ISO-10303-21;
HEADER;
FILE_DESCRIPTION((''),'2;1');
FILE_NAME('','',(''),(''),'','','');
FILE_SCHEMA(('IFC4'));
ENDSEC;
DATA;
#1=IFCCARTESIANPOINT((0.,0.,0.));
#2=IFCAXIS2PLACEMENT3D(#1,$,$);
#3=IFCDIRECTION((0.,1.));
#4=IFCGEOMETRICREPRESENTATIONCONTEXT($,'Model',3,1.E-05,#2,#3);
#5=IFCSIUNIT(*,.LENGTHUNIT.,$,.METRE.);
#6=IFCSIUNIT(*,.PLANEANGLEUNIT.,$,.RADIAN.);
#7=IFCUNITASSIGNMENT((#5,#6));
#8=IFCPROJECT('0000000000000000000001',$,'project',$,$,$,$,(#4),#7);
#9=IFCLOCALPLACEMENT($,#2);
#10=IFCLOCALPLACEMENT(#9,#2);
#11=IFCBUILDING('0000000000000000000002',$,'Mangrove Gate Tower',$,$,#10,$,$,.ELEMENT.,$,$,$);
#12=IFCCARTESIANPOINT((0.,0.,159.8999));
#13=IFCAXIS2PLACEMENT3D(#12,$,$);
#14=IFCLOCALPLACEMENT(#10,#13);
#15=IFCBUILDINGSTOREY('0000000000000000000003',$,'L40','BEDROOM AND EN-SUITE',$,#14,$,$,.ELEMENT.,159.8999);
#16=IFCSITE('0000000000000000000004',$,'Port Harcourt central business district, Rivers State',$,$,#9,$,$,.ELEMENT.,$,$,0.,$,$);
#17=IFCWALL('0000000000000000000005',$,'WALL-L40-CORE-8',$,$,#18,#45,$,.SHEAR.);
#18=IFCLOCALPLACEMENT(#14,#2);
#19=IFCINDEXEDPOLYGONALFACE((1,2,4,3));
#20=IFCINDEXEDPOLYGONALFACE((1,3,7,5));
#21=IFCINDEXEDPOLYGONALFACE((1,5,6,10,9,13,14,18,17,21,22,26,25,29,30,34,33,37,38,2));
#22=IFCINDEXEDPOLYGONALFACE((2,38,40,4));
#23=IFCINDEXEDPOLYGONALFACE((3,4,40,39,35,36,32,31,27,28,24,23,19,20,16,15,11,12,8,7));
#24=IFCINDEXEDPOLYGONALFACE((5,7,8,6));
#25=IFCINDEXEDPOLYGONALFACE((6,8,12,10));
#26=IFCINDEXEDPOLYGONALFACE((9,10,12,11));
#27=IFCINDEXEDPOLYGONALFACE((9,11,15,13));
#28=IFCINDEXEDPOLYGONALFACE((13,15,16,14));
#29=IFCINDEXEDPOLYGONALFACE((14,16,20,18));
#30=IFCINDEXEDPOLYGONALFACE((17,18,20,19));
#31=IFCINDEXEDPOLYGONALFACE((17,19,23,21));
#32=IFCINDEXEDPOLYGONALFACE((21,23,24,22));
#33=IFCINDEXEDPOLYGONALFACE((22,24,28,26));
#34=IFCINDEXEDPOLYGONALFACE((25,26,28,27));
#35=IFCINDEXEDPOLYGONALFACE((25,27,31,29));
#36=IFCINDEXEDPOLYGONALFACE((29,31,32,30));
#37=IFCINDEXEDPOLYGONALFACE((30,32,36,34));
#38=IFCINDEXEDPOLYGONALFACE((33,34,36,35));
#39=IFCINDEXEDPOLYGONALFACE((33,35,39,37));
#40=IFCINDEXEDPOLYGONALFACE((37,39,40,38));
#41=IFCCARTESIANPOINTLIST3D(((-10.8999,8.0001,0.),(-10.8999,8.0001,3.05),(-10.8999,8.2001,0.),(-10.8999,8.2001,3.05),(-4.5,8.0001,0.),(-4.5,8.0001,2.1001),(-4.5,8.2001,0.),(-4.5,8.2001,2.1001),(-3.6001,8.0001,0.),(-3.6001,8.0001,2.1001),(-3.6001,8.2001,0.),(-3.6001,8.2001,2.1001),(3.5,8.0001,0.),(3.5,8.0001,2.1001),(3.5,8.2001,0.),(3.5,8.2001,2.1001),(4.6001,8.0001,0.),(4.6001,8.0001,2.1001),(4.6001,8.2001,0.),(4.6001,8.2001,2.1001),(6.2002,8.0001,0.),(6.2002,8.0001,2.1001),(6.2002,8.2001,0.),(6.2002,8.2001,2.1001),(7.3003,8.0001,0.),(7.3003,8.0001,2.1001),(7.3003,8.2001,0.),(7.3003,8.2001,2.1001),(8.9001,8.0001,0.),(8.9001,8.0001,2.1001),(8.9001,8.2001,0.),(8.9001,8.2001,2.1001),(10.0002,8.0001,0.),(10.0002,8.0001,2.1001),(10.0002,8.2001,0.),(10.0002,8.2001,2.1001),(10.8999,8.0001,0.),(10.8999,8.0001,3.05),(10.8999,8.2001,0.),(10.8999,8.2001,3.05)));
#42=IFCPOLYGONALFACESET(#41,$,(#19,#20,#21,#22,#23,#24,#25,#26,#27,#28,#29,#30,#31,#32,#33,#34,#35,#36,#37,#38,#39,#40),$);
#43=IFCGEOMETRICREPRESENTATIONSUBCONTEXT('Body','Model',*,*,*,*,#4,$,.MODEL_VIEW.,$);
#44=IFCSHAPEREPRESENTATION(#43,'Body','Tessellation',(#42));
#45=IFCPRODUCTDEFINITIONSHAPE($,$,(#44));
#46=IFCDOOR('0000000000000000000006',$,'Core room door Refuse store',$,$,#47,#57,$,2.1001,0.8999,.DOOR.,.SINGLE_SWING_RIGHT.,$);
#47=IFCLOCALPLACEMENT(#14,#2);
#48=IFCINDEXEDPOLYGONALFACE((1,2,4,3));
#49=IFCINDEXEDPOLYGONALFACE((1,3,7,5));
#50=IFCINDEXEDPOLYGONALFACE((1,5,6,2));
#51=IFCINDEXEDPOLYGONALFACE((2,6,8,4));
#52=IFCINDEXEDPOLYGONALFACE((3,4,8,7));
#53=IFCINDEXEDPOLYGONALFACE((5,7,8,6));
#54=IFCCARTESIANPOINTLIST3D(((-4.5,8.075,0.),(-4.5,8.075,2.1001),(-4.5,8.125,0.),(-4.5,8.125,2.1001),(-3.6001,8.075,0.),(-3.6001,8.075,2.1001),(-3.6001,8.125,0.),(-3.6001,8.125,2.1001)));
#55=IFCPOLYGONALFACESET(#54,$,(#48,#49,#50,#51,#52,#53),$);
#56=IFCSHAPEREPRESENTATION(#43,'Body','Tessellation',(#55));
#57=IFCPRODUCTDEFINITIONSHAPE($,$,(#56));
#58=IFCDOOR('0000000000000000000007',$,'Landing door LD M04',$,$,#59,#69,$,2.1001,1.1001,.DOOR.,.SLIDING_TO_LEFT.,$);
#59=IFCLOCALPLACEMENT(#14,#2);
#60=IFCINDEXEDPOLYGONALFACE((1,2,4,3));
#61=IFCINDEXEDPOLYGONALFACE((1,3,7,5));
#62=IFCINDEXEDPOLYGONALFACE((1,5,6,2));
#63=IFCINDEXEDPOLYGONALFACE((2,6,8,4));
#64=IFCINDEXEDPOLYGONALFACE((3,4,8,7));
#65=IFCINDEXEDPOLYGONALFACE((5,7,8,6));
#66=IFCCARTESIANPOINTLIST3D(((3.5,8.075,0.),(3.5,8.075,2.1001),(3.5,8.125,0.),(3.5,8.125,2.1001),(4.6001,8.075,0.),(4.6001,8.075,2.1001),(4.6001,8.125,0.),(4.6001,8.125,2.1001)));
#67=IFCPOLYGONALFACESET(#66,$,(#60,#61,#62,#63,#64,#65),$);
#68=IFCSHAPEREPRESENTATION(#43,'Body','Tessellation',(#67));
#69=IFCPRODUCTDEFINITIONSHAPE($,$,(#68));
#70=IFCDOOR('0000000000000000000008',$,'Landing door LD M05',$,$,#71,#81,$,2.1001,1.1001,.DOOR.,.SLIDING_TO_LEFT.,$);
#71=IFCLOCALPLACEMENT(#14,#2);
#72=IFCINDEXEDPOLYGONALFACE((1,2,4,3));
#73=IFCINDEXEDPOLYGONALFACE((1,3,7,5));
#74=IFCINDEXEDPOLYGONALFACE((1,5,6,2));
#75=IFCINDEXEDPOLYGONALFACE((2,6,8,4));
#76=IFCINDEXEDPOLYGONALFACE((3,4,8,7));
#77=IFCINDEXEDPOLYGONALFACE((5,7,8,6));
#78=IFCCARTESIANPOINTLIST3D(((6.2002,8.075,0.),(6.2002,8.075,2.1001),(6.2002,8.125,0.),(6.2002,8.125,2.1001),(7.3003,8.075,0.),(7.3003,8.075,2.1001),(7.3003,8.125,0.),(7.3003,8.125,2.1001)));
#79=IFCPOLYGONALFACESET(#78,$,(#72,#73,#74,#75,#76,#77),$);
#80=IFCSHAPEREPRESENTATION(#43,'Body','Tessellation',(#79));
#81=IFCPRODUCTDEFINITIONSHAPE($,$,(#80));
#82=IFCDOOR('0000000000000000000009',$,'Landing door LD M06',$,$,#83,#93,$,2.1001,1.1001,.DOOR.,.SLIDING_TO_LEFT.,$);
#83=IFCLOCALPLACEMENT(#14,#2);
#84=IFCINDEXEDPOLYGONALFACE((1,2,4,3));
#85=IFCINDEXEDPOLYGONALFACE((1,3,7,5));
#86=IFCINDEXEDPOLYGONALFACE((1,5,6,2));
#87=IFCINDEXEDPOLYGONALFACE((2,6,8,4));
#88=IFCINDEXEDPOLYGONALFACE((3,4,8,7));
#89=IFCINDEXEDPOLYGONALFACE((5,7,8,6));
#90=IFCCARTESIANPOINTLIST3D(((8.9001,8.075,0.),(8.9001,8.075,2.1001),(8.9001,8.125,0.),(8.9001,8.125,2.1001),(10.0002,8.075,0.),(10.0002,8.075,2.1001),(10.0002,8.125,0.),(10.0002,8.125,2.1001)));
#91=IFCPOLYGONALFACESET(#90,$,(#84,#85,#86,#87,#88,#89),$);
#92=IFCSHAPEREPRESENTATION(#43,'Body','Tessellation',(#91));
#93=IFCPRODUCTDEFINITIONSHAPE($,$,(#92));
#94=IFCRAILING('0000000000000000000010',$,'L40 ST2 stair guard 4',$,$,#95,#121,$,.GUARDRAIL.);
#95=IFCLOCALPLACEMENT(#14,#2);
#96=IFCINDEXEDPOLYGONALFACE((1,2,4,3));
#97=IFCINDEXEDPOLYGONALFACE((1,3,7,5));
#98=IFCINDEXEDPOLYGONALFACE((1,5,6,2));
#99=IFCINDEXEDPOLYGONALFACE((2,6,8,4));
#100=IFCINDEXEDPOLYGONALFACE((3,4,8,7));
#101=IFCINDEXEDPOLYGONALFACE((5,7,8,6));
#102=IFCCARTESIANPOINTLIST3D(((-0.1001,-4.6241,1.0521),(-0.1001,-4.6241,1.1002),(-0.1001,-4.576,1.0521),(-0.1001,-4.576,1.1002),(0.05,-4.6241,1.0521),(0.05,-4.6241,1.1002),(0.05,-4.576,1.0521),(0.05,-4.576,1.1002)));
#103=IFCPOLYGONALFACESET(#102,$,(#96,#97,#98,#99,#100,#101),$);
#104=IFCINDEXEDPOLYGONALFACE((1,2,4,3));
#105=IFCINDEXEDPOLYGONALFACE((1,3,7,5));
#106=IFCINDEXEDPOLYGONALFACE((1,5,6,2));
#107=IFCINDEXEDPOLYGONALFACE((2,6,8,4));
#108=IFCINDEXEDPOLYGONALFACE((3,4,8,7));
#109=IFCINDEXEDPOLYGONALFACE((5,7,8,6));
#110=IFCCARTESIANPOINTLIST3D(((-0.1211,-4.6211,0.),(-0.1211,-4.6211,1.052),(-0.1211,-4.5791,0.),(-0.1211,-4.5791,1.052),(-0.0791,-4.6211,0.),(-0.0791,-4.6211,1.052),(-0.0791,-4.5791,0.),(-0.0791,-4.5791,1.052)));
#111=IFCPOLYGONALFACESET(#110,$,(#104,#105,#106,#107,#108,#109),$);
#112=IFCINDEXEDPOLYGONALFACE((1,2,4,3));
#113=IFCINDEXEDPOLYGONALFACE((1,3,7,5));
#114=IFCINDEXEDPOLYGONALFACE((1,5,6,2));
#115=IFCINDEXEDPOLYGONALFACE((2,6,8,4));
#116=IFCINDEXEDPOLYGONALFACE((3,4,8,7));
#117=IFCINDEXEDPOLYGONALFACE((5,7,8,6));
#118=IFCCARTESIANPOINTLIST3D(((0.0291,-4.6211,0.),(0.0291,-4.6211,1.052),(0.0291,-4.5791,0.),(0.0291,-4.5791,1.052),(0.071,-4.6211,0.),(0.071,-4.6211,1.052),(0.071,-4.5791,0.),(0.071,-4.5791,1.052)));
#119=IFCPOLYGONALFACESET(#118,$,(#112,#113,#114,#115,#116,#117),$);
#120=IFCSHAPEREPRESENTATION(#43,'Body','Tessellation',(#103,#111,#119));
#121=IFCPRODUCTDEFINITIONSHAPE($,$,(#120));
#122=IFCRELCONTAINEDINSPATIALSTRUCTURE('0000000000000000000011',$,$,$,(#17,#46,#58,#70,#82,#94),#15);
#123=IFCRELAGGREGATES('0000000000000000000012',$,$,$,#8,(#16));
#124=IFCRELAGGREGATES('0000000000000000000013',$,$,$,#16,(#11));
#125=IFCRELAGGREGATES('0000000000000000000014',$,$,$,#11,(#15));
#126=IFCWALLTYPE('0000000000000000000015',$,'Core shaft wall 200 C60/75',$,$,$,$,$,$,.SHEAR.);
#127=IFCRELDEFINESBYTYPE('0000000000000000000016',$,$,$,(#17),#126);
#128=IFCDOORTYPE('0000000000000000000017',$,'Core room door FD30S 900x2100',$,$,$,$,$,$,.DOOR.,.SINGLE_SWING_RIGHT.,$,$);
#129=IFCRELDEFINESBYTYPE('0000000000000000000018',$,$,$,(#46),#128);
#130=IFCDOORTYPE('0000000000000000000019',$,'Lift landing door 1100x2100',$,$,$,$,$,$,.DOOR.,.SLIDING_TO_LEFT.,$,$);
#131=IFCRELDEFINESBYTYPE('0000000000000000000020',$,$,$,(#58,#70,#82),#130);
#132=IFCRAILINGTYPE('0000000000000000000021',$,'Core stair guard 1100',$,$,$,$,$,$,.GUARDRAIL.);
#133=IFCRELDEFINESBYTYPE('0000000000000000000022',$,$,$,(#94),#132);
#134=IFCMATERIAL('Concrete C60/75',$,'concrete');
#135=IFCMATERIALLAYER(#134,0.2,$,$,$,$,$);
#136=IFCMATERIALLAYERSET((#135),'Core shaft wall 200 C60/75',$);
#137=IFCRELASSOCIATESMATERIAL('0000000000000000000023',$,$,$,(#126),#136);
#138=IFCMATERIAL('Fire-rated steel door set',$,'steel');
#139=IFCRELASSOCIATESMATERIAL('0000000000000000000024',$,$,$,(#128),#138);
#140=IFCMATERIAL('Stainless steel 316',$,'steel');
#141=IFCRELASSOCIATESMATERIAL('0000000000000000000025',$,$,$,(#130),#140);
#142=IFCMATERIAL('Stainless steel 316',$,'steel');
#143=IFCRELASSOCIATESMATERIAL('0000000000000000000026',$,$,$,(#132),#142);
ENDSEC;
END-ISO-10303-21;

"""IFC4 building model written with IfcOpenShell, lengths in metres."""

from ifc_helpers import new_model, si_unit, direction, frame, frame_2d, origin, origin_2d, place, context, subcontext, project, spatial, rectangle, extrude, material, layer, layer_set, type_object, element, fill, save


model = new_model("IFC4")

# Units and contexts
model_context = context("Model", 3, precision=1e-05, world=origin(), true_north=direction((0.0, 1.0)))
body_context = subcontext(model_context, "Body", "Model", "MODEL_VIEW")
ifc_project = project(units=[si_unit("LENGTHUNIT", "METRE"), si_unit("PLANEANGLEUNIT", "RADIAN")], contexts=[model_context])

# Site, building, storey
site_placement = place(None, origin())
site = spatial("IfcSite", under=ifc_project, at=site_placement, Name="Port Harcourt central business district, Rivers State", CompositionType="ELEMENT", RefElevation=0.0)
building_placement = place(site_placement, origin())
building = spatial("IfcBuilding", under=site, at=building_placement, Name="Mangrove Gate Tower", CompositionType="ELEMENT")
storey_placement = place(building_placement, frame((0.0, 0.0, 159.8999)))
storey = spatial("IfcBuildingStorey", under=building, at=storey_placement, Name="L40", Description="BEDROOM AND EN-SUITE", CompositionType="ELEMENT", Elevation=159.8999)

# Shared definitions
ifc_material_1 = material(Name="Concrete C60/75", Category="concrete")
ifc_layer_1 = layer(ifc_material_1, 0.2)
ifc_layer_set_1 = layer_set([ifc_layer_1], Name="Core shaft wall 200 C60/75")
wall_type_1 = type_object("IfcWallType", Name="Core shaft wall 200 C60/75", PredefinedType="SHEAR", material=ifc_layer_set_1)

# Wall, openings, doors
ifc_material_2 = material(Name="Fire-rated steel door set", Category="steel")
door_type_1 = type_object("IfcDoorType", Name="Core room door FD30S 900x2100", OperationType="SINGLE_SWING_RIGHT", PredefinedType="DOOR", material=ifc_material_2)
ifc_material_3 = material(Name="Stainless steel 316", Category="steel")
door_type_2 = type_object("IfcDoorType", Name="Lift landing door 1100x2100", OperationType="SLIDING_TO_LEFT", PredefinedType="DOOR", material=ifc_material_3)
wall_1_placement = place(storey_placement, frame((-10.8999, 8.1001, 0.0), z_axis=(0.0, 0.0, 1.0), x_axis=(1.0, 0.0, 0.0)))
wall_1 = element("IfcWall", 1, at=wall_1_placement, inside=storey, type_object=wall_type_1, Name="WALL-L40-CORE-8", PredefinedType="SHEAR", context=body_context, shape_type="SweptSolid", body=[
    extrude(rectangle(XDim=21.7998, YDim=0.2, at=frame_2d((10.8999, 0.0))), origin(), (0.0, 0.0, 1.0), 3.05),
])
opening_1_placement = place(wall_1_placement, frame((14.3999, 0.0, 0.0)))
opening_1 = element("IfcOpeningElement", 2, at=opening_1_placement, cuts=wall_1, PredefinedType="OPENING", context=body_context, shape_type="SweptSolid", body=[
    extrude(rectangle(XDim=1.1001, YDim=2.1001, at=frame_2d((0.55, 1.05))), frame((0.0, 0.1099, 0.0), z_axis=(0.0, -1.0, 0.0), x_axis=(1.0, 0.0, 0.0)), (0.0, 0.0, 1.0), 0.22),
])
opening_2_placement = place(wall_1_placement, frame((17.1001, 0.0, 0.0)))
opening_2 = element("IfcOpeningElement", 3, at=opening_2_placement, cuts=wall_1, PredefinedType="OPENING", context=body_context, shape_type="SweptSolid", body=[
    extrude(rectangle(XDim=1.1001, YDim=2.1001, at=frame_2d((0.55, 1.05))), frame((0.0, 0.1099, 0.0), z_axis=(0.0, -1.0, 0.0), x_axis=(1.0, 0.0, 0.0)), (0.0, 0.0, 1.0), 0.22),
])
opening_3_placement = place(wall_1_placement, frame((19.8, 0.0, 0.0)))
opening_3 = element("IfcOpeningElement", 4, at=opening_3_placement, cuts=wall_1, PredefinedType="OPENING", context=body_context, shape_type="SweptSolid", body=[
    extrude(rectangle(XDim=1.1001, YDim=2.1001, at=frame_2d((0.55, 1.05))), frame((0.0, 0.1099, 0.0), z_axis=(0.0, -1.0, 0.0), x_axis=(1.0, 0.0, 0.0)), (0.0, 0.0, 1.0), 0.22),
])
opening_4_placement = place(wall_1_placement, frame((6.3999, 0.0, 0.0)))
opening_4 = element("IfcOpeningElement", 5, at=opening_4_placement, cuts=wall_1, PredefinedType="OPENING", context=body_context, shape_type="SweptSolid", body=[
    extrude(rectangle(XDim=0.8999, YDim=2.1001, at=frame_2d((0.45, 1.05))), frame((0.0, 0.1099, 0.0), z_axis=(0.0, -1.0, 0.0), x_axis=(1.0, 0.0, 0.0)), (0.0, 0.0, 1.0), 0.22),
])
door_1_placement = place(opening_4_placement, origin())
door_1 = element("IfcDoor", 6, at=door_1_placement, inside=storey, type_object=door_type_1, Name="Core room door Refuse store", OperationType="SINGLE_SWING_RIGHT", OverallHeight=2.1001, OverallWidth=0.8999, PredefinedType="DOOR", context=body_context, shape_type="SweptSolid", body=[
    extrude(rectangle(XDim=0.8999, YDim=2.1001, at=frame_2d((0.45, 1.05))), frame((0.0, 0.0249, 0.0), z_axis=(0.0, -1.0, 0.0), x_axis=(1.0, 0.0, 0.0)), (0.0, 0.0, 1.0), 0.05),
])
fill(opening_4, door_1)
door_2_placement = place(opening_1_placement, origin())
door_2 = element("IfcDoor", 7, at=door_2_placement, inside=storey, type_object=door_type_2, Name="Landing door LD M04", OperationType="SLIDING_TO_LEFT", OverallHeight=2.1001, OverallWidth=1.1001, PredefinedType="DOOR", context=body_context, shape_type="SweptSolid", body=[
    extrude(rectangle(XDim=1.1001, YDim=2.1001, at=frame_2d((0.55, 1.05))), frame((0.0, 0.0249, 0.0), z_axis=(0.0, -1.0, 0.0), x_axis=(1.0, 0.0, 0.0)), (0.0, 0.0, 1.0), 0.05),
])
fill(opening_1, door_2)
door_3_placement = place(opening_2_placement, origin())
door_3 = element("IfcDoor", 8, at=door_3_placement, inside=storey, type_object=door_type_2, Name="Landing door LD M05", OperationType="SLIDING_TO_LEFT", OverallHeight=2.1001, OverallWidth=1.1001, PredefinedType="DOOR", context=body_context, shape_type="SweptSolid", body=[
    extrude(rectangle(XDim=1.1001, YDim=2.1001, at=frame_2d((0.55, 1.05))), frame((0.0, 0.0249, 0.0), z_axis=(0.0, -1.0, 0.0), x_axis=(1.0, 0.0, 0.0)), (0.0, 0.0, 1.0), 0.05),
])
fill(opening_2, door_3)
door_4_placement = place(opening_3_placement, origin())
door_4 = element("IfcDoor", 9, at=door_4_placement, inside=storey, type_object=door_type_2, Name="Landing door LD M06", OperationType="SLIDING_TO_LEFT", OverallHeight=2.1001, OverallWidth=1.1001, PredefinedType="DOOR", context=body_context, shape_type="SweptSolid", body=[
    extrude(rectangle(XDim=1.1001, YDim=2.1001, at=frame_2d((0.55, 1.05))), frame((0.0, 0.0249, 0.0), z_axis=(0.0, -1.0, 0.0), x_axis=(1.0, 0.0, 0.0)), (0.0, 0.0, 1.0), 0.05),
])
fill(opening_3, door_4)

# Railing
ifc_material_4 = material(Name="Stainless steel 316", Category="steel")
railing_type = type_object("IfcRailingType", Name="Core stair guard 1100", PredefinedType="GUARDRAIL", material=ifc_material_4)
railing_placement = place(storey_placement, frame((-0.1001, -4.6001, 0.0)))
element("IfcRailing", 10, at=railing_placement, inside=storey, type_object=railing_type, Name="L40 ST2 stair guard 4", PredefinedType="GUARDRAIL", context=body_context, shape_type="SweptSolid", body=[
    extrude(rectangle(XDim=0.0481, YDim=0.0481, at=origin_2d()), frame((0.0, 0.0, 1.0762), z_axis=(1.0, 0.0, 0.0), x_axis=(0.0, 1.0, 0.0)), (0.0, 0.0, 1.0), 0.1501),
    extrude(rectangle(XDim=0.042, YDim=0.042, at=origin_2d()), origin(), (0.0, 0.0, 1.0), 1.052),
    extrude(rectangle(XDim=0.042, YDim=0.042, at=origin_2d()), frame((0.1501, 0.0, 0.0)), (0.0, 0.0, 1.0), 1.052),
])

save(model, "model.ifc")
